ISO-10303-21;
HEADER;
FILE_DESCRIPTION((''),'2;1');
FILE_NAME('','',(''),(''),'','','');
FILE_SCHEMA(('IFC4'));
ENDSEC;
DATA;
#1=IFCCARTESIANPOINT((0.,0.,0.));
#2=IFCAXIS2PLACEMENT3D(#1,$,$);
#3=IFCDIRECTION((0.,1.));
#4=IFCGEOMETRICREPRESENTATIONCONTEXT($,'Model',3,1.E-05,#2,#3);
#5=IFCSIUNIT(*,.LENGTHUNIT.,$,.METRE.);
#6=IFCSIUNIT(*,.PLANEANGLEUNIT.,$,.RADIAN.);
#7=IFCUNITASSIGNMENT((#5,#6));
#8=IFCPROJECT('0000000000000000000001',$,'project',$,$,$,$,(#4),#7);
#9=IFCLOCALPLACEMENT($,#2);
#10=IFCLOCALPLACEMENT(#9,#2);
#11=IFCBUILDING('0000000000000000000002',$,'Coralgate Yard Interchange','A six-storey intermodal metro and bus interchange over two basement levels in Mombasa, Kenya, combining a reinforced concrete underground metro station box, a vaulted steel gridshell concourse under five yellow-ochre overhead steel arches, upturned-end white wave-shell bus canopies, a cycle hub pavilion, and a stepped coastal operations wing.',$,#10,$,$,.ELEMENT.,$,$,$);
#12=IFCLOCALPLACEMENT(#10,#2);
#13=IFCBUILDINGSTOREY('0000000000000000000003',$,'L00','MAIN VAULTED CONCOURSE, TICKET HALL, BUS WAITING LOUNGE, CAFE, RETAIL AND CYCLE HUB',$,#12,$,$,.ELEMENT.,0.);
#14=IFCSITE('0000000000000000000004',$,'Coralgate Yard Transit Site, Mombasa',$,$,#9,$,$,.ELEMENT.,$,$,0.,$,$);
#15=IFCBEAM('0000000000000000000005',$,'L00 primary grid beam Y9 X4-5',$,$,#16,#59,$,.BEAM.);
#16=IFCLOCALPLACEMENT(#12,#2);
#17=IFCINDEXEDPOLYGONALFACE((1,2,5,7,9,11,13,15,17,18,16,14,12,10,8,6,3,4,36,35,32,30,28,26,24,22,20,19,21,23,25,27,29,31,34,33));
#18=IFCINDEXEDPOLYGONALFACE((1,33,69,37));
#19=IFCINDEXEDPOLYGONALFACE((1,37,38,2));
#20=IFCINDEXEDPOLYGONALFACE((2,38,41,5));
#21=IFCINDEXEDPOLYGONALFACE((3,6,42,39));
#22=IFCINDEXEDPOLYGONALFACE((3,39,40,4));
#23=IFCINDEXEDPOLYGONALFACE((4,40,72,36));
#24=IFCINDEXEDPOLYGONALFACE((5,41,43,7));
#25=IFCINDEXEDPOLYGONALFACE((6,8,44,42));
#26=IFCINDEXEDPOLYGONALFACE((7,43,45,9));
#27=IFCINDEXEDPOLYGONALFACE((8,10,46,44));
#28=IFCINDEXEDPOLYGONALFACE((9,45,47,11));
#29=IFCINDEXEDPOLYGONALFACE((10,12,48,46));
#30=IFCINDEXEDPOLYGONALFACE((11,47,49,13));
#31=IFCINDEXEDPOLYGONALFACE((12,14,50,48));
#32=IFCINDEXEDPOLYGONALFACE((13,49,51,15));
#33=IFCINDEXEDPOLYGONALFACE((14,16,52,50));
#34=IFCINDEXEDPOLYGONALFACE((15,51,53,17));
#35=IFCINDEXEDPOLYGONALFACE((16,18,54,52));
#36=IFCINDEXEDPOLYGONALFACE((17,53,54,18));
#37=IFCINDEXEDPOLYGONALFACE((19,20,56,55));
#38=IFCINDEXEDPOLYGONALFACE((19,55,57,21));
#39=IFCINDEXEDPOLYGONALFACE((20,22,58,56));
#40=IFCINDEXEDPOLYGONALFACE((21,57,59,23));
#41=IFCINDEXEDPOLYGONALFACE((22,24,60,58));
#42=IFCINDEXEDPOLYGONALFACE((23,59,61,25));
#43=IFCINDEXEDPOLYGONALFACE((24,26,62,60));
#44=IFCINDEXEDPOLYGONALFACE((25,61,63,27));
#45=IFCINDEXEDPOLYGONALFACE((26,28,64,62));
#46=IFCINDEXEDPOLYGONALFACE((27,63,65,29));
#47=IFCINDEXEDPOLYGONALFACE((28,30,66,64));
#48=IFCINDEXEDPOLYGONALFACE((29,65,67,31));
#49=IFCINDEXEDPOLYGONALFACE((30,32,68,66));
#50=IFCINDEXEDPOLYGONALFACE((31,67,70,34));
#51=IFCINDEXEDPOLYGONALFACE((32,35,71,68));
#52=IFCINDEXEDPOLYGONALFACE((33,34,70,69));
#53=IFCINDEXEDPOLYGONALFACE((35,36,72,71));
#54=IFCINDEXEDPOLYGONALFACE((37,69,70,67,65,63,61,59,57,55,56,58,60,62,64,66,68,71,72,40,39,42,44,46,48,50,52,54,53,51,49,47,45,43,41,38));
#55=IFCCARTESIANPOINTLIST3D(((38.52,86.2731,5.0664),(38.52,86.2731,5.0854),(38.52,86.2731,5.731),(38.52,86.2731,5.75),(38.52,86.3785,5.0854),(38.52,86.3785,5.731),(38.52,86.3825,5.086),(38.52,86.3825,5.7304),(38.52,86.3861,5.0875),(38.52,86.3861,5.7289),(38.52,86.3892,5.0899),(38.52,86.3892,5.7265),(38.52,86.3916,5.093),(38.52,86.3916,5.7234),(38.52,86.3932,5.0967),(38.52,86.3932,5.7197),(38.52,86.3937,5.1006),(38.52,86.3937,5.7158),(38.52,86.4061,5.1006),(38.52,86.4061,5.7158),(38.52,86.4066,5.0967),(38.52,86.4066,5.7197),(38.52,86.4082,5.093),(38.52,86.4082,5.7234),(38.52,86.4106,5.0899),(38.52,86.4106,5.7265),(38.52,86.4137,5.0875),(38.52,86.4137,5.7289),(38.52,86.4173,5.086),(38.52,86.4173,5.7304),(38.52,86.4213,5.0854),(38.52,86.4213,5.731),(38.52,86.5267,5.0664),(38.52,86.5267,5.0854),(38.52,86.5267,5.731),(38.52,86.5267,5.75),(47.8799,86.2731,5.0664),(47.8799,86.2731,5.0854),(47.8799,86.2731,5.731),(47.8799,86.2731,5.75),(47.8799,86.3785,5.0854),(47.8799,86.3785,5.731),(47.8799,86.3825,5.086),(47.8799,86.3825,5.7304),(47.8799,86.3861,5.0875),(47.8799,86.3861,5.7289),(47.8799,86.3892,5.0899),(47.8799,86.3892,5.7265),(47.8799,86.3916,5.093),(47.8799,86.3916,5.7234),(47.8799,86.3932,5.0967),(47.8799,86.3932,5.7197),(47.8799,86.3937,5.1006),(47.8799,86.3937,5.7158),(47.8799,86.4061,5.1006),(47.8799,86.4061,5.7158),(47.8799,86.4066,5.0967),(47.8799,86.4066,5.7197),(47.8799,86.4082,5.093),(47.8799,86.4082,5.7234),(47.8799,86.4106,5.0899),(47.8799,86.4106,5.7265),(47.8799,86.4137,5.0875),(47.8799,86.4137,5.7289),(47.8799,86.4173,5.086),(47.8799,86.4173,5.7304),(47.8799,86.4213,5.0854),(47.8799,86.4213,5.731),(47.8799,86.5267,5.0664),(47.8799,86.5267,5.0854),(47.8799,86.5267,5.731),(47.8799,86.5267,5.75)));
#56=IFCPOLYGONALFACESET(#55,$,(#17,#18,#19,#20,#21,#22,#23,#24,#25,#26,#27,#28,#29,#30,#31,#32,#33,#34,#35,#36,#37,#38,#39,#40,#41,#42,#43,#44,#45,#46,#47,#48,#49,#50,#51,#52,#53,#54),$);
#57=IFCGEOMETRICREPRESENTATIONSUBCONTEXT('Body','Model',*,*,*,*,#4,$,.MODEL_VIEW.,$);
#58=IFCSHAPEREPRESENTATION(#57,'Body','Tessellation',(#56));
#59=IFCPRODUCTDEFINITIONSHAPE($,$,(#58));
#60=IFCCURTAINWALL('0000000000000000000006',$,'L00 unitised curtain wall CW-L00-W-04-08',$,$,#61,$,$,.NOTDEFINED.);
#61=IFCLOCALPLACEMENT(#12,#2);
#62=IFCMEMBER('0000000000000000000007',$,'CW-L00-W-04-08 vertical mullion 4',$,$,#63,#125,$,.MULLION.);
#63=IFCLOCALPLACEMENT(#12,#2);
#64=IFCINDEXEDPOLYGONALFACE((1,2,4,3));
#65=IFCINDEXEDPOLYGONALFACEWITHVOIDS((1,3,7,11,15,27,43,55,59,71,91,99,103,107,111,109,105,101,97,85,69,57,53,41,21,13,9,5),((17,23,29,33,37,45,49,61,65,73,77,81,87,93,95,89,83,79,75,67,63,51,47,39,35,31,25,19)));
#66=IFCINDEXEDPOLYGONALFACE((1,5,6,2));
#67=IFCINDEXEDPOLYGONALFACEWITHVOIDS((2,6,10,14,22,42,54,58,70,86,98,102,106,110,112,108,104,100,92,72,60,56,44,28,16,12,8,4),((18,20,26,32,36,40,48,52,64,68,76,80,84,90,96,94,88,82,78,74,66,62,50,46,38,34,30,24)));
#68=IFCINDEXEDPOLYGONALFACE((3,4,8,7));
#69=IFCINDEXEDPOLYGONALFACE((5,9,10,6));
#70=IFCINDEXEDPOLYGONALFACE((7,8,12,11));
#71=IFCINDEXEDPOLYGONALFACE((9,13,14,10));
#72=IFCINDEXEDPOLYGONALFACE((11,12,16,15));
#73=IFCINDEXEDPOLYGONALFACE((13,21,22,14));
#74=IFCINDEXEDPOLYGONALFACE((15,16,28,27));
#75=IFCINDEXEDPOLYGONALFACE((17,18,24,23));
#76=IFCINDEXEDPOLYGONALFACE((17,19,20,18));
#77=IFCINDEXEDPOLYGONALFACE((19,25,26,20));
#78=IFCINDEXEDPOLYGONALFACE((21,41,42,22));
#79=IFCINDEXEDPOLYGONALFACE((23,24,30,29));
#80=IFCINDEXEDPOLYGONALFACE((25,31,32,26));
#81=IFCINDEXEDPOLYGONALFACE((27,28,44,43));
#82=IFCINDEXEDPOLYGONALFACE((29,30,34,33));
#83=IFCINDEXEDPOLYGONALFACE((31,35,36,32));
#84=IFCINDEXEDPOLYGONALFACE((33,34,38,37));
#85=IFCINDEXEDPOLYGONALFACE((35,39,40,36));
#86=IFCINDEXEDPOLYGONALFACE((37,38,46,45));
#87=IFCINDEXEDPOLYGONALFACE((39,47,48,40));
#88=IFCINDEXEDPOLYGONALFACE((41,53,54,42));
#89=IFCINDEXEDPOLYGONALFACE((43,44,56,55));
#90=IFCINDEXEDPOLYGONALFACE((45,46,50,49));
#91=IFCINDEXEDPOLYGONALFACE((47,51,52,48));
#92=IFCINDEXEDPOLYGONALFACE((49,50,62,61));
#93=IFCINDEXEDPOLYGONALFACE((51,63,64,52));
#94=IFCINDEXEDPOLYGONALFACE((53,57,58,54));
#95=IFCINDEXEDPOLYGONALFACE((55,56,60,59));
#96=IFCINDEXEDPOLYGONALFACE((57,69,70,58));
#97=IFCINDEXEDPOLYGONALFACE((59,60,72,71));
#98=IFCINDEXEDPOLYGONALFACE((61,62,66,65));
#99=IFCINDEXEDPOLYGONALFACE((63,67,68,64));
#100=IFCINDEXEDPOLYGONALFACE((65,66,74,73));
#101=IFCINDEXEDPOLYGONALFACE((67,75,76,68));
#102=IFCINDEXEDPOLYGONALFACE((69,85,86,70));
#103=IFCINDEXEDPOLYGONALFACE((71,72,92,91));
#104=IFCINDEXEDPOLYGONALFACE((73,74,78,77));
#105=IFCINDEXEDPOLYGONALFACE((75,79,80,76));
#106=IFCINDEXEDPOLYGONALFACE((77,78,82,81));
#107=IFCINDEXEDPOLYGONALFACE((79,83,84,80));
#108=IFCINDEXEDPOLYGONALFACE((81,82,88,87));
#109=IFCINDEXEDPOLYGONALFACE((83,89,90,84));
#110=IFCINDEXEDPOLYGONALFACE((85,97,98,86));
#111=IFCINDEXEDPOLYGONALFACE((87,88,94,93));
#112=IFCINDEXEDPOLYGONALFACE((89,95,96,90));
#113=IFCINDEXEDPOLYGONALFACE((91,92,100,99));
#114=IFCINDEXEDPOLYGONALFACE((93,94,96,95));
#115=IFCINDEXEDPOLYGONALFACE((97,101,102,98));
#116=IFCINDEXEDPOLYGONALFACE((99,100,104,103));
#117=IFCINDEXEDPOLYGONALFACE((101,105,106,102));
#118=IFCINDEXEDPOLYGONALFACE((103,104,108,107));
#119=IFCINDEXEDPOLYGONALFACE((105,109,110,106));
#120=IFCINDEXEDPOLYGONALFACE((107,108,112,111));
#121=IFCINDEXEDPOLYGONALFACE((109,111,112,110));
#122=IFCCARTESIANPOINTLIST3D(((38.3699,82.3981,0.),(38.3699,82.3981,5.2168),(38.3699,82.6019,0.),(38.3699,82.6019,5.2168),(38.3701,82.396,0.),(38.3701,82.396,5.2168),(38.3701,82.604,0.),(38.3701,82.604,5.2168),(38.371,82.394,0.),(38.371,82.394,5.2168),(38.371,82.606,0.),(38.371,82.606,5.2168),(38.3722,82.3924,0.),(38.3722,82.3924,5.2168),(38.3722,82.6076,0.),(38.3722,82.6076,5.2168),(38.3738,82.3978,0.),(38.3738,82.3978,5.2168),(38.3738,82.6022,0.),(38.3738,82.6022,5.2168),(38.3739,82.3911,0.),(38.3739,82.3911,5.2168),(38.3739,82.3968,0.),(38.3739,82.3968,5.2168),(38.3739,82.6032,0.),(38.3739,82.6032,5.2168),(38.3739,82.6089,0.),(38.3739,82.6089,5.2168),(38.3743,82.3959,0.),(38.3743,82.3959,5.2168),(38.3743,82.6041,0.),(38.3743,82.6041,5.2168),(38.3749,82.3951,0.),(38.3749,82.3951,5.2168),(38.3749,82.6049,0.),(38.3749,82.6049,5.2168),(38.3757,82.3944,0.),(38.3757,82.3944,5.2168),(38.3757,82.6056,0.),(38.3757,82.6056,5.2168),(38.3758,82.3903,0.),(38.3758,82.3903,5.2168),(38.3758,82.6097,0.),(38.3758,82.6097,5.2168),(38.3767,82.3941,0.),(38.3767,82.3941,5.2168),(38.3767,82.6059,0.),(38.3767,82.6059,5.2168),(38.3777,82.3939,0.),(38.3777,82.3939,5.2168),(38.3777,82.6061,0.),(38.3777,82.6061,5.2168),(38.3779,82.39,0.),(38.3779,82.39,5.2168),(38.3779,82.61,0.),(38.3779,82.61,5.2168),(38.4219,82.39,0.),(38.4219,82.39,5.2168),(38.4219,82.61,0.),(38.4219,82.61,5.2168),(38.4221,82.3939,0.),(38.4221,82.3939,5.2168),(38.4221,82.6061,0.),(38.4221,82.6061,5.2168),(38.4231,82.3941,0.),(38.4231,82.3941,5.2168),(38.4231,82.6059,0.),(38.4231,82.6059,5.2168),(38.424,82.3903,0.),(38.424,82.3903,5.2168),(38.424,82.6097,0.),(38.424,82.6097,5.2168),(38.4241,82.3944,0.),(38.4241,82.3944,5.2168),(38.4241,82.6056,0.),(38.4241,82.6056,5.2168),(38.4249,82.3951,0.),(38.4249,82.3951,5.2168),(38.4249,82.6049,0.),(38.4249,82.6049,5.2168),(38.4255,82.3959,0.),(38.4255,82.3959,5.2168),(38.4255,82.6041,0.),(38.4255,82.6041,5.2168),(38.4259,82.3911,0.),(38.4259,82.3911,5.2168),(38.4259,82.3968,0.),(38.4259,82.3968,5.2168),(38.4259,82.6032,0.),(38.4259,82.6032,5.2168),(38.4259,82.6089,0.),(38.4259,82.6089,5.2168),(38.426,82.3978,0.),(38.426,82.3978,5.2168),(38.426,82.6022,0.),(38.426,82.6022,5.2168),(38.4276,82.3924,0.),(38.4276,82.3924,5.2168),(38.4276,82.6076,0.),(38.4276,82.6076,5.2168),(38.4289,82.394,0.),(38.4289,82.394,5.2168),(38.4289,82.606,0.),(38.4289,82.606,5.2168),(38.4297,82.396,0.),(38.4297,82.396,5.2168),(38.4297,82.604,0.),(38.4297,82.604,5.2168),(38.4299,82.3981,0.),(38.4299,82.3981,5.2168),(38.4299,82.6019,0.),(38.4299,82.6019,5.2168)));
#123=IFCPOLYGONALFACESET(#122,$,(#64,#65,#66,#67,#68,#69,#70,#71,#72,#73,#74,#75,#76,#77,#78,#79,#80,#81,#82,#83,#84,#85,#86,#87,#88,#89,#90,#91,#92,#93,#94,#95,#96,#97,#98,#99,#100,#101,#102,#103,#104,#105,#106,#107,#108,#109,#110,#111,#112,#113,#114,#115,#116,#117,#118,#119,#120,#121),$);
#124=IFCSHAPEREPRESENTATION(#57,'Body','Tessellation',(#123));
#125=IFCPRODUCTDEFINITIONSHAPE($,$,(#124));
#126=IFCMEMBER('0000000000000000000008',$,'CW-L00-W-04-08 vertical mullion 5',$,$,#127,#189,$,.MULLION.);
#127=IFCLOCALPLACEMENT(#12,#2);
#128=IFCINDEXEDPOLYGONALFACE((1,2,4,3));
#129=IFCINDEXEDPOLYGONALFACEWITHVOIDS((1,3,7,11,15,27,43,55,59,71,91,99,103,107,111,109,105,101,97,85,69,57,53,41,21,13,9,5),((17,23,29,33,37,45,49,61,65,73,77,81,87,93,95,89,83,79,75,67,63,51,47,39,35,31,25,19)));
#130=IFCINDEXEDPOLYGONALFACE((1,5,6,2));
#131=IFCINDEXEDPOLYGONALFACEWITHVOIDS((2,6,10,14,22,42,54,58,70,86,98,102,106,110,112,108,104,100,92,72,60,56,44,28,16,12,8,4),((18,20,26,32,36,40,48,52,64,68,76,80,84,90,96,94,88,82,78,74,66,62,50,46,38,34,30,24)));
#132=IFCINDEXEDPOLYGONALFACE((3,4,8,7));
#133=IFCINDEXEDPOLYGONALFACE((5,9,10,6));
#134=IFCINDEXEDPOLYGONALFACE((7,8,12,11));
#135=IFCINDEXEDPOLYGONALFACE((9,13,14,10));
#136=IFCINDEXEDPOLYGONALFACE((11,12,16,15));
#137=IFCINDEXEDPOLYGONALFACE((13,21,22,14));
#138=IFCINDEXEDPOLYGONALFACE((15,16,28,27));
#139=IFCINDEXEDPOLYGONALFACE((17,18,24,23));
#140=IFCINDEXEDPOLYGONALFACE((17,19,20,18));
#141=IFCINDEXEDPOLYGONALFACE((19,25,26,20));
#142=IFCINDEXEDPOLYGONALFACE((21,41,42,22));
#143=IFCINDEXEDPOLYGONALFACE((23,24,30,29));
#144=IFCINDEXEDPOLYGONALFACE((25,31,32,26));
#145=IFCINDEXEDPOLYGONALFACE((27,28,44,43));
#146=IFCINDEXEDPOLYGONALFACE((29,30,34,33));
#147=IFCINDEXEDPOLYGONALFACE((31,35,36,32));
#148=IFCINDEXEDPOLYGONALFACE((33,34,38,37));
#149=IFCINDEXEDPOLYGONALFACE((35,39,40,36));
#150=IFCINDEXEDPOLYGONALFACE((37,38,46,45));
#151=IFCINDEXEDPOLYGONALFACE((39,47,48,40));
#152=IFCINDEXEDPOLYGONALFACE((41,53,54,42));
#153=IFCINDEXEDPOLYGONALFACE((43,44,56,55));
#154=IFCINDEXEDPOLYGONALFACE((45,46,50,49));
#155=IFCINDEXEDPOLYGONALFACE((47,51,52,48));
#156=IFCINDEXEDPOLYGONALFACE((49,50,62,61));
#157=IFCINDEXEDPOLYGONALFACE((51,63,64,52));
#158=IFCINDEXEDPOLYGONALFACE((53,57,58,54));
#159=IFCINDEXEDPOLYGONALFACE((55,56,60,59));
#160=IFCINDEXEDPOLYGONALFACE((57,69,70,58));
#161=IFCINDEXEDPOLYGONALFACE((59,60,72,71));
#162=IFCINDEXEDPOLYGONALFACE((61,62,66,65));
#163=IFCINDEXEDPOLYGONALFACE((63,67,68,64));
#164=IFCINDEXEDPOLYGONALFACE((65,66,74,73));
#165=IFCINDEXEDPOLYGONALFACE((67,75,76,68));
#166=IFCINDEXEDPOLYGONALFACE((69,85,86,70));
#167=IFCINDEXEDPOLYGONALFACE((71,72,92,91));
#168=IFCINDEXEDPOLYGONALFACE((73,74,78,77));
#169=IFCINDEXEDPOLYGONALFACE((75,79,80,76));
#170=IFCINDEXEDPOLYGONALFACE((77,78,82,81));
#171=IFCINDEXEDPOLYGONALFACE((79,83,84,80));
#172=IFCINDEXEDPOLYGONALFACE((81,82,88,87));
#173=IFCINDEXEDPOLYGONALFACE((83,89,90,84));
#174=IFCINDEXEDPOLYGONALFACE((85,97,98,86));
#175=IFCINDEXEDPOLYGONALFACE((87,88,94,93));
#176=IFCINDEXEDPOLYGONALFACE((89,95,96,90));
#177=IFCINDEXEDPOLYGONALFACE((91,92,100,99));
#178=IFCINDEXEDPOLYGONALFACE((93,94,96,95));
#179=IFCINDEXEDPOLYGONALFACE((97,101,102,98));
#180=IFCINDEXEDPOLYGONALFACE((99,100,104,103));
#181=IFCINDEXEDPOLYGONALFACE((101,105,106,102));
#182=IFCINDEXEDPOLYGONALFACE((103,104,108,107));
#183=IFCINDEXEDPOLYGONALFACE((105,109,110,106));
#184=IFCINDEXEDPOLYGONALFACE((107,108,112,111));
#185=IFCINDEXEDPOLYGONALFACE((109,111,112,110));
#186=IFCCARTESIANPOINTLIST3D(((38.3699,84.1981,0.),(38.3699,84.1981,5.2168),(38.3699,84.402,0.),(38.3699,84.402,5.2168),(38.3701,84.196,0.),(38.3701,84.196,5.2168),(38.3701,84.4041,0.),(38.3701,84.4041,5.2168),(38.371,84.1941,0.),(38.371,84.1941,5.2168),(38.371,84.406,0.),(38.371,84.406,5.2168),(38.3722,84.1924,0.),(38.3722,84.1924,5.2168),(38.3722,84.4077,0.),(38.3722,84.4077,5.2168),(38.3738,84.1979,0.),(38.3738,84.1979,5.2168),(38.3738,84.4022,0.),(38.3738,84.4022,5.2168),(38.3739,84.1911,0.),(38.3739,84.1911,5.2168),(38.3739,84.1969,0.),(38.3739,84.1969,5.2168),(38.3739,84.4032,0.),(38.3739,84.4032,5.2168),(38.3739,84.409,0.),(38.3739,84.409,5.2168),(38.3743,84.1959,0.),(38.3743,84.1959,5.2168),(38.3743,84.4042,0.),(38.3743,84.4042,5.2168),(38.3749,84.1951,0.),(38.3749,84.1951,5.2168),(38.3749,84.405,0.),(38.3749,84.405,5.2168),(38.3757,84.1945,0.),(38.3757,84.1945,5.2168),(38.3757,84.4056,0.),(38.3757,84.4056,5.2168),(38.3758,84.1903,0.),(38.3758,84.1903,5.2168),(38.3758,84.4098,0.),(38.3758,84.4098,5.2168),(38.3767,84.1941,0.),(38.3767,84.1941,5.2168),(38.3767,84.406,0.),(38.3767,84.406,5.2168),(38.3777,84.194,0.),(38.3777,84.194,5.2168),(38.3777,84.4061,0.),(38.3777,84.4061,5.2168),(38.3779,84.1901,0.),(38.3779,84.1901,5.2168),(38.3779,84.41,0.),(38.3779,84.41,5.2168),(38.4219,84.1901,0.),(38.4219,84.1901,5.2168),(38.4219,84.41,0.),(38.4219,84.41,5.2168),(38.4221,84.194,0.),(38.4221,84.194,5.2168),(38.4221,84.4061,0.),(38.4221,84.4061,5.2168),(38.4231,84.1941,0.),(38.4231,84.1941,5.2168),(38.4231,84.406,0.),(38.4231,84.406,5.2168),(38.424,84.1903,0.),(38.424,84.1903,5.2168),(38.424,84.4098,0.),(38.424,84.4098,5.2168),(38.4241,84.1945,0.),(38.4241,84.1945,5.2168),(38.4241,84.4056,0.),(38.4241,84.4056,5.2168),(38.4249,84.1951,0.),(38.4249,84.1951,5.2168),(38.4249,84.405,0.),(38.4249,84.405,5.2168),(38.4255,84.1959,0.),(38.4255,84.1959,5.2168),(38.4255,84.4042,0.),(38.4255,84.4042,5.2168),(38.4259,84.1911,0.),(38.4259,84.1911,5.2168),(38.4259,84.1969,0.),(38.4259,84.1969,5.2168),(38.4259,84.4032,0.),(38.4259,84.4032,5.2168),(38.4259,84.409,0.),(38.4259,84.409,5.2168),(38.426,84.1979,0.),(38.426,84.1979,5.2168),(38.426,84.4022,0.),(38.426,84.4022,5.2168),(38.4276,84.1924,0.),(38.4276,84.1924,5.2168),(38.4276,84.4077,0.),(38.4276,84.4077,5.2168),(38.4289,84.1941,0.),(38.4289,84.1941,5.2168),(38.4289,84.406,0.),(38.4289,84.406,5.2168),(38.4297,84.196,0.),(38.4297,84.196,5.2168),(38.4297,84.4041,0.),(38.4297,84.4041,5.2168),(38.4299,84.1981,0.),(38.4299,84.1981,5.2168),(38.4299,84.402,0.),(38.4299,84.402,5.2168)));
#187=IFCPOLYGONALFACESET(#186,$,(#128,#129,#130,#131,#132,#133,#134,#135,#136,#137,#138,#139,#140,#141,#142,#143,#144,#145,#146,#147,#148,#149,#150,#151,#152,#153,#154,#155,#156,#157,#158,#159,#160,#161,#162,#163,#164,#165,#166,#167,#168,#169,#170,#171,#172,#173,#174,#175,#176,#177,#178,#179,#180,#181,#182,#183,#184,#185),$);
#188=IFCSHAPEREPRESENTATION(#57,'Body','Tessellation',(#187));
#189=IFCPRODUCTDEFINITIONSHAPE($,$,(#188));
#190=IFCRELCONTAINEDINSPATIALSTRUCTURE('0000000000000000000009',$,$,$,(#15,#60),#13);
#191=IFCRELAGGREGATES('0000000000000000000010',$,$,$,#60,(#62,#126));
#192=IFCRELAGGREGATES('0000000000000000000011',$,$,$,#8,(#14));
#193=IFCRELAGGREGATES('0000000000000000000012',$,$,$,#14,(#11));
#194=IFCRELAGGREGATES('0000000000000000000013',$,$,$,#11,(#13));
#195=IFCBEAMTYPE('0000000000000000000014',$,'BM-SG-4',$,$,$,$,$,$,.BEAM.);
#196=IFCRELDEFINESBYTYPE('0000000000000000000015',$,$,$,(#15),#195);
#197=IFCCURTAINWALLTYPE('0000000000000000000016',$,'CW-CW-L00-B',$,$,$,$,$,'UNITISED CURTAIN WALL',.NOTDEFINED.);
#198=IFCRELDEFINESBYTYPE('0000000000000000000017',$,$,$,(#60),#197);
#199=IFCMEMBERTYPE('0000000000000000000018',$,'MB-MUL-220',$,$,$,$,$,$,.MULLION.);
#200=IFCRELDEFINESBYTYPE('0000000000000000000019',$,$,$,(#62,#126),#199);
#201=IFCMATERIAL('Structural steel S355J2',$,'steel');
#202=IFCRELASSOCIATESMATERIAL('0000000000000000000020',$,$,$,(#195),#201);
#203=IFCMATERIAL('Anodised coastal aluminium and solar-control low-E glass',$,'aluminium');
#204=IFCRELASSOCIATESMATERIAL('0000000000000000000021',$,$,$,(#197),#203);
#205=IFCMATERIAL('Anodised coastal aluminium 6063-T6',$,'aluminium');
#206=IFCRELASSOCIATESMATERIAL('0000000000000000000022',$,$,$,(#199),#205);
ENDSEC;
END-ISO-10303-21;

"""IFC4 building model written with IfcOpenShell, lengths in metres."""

from ifc_helpers import new_model, si_unit, direction, frame, origin, origin_2d, place, context, subcontext, project, spatial, hollow_rectangle, i_section, extrude, material, material_profile, profile_set, type_object, element, aggregate, save


model = new_model("IFC4")

# Units and contexts
model_context = context("Model", 3, precision=1e-05, world=origin(), true_north=direction((0.0, 1.0)))
body_context = subcontext(model_context, "Body", "Model", "MODEL_VIEW")
ifc_project = project(units=[si_unit("LENGTHUNIT", "METRE"), si_unit("PLANEANGLEUNIT", "RADIAN")], contexts=[model_context])

# Site, building, storey
site_placement = place(None, origin())
site = spatial("IfcSite", under=ifc_project, at=site_placement, Name="Coralgate Yard Transit Site, Mombasa", CompositionType="ELEMENT", RefElevation=0.0)
building_placement = place(site_placement, origin())
building = spatial("IfcBuilding", under=site, at=building_placement, Name="Coralgate Yard Interchange", Description="A six-storey intermodal metro and bus interchange over two basement levels in Mombasa, Kenya, combining a reinforced concrete underground metro station box, a vaulted steel gridshell concourse under five yellow-ochre overhead steel arches, upturned-end white wave-shell bus canopies, a cycle hub pavilion, and a stepped coastal operations wing.", CompositionType="ELEMENT")
storey_placement = place(building_placement, origin())
storey = spatial("IfcBuildingStorey", under=building, at=storey_placement, Name="L00", Description="MAIN VAULTED CONCOURSE, TICKET HALL, BUS WAITING LOUNGE, CAFE, RETAIL AND CYCLE HUB", CompositionType="ELEMENT", Elevation=0.0)

# Shared definitions
ifc_material_1 = material(Name="Structural steel S355J2", Category="steel")

# Beam
ifc_material_profile_1 = material_profile(ifc_material_1, i_section(OverallWidth=0.2537, OverallDepth=0.6836, WebThickness=0.0125, FlangeThickness=0.019, FilletRadius=0.0151, at=origin_2d()), Name="UB 686x254x140")
ifc_profile_set_1 = profile_set([ifc_material_profile_1], Name="Structural steel S355J2")
beam_type_1 = type_object("IfcBeamType", Name="BM-SG-4", PredefinedType="BEAM", material=ifc_profile_set_1)
beam_1_placement = place(storey_placement, frame((38.52, 86.3999, 5.4082), z_axis=(1.0, 0.0, 0.0), x_axis=(0.0, 1.0, 0.0)))
element("IfcBeam", 1, at=beam_1_placement, inside=storey, type_object=beam_type_1, Name="L00 primary grid beam Y9 X4-5", PredefinedType="BEAM", context=body_context, shape_type="SweptSolid", body=[
    extrude(i_section(OverallWidth=0.2537, OverallDepth=0.6836, WebThickness=0.0125, FlangeThickness=0.019, FilletRadius=0.0151, at=origin_2d()), origin(), (0.0, 0.0, 1.0), 9.3599),
])

# Curtain wall, members
ifc_material_2 = material(Name="Anodised coastal aluminium and solar-control low-E glass", Category="aluminium")
curtain_wall_type_1 = type_object("IfcCurtainWallType", Name="CW-CW-L00-B", ElementType="UNITISED CURTAIN WALL", PredefinedType="NOTDEFINED", material=ifc_material_2)
curtain_wall_1_placement = place(storey_placement, origin())
curtain_wall_1 = element("IfcCurtainWall", 2, at=curtain_wall_1_placement, inside=storey, type_object=curtain_wall_type_1, Name="L00 unitised curtain wall CW-L00-W-04-08", PredefinedType="NOTDEFINED")
ifc_material_3 = material(Name="Anodised coastal aluminium 6063-T6", Category="aluminium")
ifc_material_profile_2 = material_profile(ifc_material_3, hollow_rectangle(XDim=0.0601, YDim=0.22, WallThickness=0.0039, InnerFilletRadius=0.0039, OuterFilletRadius=0.0081, at=origin_2d()), Name="ALU 60x220x4")
ifc_profile_set_2 = profile_set([ifc_material_profile_2], Name="Anodised coastal aluminium 6063-T6")
member_type_1 = type_object("IfcMemberType", Name="MB-MUL-220", PredefinedType="MULLION", material=ifc_profile_set_2)
member_1_placement = place(storey_placement, frame((38.3999, 82.5, 0.0), z_axis=(0.0, 0.0, 1.0), x_axis=(1.0, 0.0, 0.0)))
member_1 = element("IfcMember", 3, at=member_1_placement, type_object=member_type_1, Name="CW-L00-W-04-08 vertical mullion 4", PredefinedType="MULLION", context=body_context, shape_type="SweptSolid", body=[
    extrude(hollow_rectangle(XDim=0.0601, YDim=0.22, WallThickness=0.0039, InnerFilletRadius=0.0039, OuterFilletRadius=0.0081, at=origin_2d()), origin(), (0.0, 0.0, 1.0), 5.2168),
])
member_2_placement = place(storey_placement, frame((38.3999, 84.3, 0.0), z_axis=(0.0, 0.0, 1.0), x_axis=(1.0, 0.0, 0.0)))
member_2 = element("IfcMember", 4, at=member_2_placement, type_object=member_type_1, Name="CW-L00-W-04-08 vertical mullion 5", PredefinedType="MULLION", context=body_context, shape_type="SweptSolid", body=[
    extrude(hollow_rectangle(XDim=0.0601, YDim=0.22, WallThickness=0.0039, InnerFilletRadius=0.0039, OuterFilletRadius=0.0081, at=origin_2d()), origin(), (0.0, 0.0, 1.0), 5.2168),
])

aggregate(curtain_wall_1, [member_1, member_2])

save(model, "model.ifc")
